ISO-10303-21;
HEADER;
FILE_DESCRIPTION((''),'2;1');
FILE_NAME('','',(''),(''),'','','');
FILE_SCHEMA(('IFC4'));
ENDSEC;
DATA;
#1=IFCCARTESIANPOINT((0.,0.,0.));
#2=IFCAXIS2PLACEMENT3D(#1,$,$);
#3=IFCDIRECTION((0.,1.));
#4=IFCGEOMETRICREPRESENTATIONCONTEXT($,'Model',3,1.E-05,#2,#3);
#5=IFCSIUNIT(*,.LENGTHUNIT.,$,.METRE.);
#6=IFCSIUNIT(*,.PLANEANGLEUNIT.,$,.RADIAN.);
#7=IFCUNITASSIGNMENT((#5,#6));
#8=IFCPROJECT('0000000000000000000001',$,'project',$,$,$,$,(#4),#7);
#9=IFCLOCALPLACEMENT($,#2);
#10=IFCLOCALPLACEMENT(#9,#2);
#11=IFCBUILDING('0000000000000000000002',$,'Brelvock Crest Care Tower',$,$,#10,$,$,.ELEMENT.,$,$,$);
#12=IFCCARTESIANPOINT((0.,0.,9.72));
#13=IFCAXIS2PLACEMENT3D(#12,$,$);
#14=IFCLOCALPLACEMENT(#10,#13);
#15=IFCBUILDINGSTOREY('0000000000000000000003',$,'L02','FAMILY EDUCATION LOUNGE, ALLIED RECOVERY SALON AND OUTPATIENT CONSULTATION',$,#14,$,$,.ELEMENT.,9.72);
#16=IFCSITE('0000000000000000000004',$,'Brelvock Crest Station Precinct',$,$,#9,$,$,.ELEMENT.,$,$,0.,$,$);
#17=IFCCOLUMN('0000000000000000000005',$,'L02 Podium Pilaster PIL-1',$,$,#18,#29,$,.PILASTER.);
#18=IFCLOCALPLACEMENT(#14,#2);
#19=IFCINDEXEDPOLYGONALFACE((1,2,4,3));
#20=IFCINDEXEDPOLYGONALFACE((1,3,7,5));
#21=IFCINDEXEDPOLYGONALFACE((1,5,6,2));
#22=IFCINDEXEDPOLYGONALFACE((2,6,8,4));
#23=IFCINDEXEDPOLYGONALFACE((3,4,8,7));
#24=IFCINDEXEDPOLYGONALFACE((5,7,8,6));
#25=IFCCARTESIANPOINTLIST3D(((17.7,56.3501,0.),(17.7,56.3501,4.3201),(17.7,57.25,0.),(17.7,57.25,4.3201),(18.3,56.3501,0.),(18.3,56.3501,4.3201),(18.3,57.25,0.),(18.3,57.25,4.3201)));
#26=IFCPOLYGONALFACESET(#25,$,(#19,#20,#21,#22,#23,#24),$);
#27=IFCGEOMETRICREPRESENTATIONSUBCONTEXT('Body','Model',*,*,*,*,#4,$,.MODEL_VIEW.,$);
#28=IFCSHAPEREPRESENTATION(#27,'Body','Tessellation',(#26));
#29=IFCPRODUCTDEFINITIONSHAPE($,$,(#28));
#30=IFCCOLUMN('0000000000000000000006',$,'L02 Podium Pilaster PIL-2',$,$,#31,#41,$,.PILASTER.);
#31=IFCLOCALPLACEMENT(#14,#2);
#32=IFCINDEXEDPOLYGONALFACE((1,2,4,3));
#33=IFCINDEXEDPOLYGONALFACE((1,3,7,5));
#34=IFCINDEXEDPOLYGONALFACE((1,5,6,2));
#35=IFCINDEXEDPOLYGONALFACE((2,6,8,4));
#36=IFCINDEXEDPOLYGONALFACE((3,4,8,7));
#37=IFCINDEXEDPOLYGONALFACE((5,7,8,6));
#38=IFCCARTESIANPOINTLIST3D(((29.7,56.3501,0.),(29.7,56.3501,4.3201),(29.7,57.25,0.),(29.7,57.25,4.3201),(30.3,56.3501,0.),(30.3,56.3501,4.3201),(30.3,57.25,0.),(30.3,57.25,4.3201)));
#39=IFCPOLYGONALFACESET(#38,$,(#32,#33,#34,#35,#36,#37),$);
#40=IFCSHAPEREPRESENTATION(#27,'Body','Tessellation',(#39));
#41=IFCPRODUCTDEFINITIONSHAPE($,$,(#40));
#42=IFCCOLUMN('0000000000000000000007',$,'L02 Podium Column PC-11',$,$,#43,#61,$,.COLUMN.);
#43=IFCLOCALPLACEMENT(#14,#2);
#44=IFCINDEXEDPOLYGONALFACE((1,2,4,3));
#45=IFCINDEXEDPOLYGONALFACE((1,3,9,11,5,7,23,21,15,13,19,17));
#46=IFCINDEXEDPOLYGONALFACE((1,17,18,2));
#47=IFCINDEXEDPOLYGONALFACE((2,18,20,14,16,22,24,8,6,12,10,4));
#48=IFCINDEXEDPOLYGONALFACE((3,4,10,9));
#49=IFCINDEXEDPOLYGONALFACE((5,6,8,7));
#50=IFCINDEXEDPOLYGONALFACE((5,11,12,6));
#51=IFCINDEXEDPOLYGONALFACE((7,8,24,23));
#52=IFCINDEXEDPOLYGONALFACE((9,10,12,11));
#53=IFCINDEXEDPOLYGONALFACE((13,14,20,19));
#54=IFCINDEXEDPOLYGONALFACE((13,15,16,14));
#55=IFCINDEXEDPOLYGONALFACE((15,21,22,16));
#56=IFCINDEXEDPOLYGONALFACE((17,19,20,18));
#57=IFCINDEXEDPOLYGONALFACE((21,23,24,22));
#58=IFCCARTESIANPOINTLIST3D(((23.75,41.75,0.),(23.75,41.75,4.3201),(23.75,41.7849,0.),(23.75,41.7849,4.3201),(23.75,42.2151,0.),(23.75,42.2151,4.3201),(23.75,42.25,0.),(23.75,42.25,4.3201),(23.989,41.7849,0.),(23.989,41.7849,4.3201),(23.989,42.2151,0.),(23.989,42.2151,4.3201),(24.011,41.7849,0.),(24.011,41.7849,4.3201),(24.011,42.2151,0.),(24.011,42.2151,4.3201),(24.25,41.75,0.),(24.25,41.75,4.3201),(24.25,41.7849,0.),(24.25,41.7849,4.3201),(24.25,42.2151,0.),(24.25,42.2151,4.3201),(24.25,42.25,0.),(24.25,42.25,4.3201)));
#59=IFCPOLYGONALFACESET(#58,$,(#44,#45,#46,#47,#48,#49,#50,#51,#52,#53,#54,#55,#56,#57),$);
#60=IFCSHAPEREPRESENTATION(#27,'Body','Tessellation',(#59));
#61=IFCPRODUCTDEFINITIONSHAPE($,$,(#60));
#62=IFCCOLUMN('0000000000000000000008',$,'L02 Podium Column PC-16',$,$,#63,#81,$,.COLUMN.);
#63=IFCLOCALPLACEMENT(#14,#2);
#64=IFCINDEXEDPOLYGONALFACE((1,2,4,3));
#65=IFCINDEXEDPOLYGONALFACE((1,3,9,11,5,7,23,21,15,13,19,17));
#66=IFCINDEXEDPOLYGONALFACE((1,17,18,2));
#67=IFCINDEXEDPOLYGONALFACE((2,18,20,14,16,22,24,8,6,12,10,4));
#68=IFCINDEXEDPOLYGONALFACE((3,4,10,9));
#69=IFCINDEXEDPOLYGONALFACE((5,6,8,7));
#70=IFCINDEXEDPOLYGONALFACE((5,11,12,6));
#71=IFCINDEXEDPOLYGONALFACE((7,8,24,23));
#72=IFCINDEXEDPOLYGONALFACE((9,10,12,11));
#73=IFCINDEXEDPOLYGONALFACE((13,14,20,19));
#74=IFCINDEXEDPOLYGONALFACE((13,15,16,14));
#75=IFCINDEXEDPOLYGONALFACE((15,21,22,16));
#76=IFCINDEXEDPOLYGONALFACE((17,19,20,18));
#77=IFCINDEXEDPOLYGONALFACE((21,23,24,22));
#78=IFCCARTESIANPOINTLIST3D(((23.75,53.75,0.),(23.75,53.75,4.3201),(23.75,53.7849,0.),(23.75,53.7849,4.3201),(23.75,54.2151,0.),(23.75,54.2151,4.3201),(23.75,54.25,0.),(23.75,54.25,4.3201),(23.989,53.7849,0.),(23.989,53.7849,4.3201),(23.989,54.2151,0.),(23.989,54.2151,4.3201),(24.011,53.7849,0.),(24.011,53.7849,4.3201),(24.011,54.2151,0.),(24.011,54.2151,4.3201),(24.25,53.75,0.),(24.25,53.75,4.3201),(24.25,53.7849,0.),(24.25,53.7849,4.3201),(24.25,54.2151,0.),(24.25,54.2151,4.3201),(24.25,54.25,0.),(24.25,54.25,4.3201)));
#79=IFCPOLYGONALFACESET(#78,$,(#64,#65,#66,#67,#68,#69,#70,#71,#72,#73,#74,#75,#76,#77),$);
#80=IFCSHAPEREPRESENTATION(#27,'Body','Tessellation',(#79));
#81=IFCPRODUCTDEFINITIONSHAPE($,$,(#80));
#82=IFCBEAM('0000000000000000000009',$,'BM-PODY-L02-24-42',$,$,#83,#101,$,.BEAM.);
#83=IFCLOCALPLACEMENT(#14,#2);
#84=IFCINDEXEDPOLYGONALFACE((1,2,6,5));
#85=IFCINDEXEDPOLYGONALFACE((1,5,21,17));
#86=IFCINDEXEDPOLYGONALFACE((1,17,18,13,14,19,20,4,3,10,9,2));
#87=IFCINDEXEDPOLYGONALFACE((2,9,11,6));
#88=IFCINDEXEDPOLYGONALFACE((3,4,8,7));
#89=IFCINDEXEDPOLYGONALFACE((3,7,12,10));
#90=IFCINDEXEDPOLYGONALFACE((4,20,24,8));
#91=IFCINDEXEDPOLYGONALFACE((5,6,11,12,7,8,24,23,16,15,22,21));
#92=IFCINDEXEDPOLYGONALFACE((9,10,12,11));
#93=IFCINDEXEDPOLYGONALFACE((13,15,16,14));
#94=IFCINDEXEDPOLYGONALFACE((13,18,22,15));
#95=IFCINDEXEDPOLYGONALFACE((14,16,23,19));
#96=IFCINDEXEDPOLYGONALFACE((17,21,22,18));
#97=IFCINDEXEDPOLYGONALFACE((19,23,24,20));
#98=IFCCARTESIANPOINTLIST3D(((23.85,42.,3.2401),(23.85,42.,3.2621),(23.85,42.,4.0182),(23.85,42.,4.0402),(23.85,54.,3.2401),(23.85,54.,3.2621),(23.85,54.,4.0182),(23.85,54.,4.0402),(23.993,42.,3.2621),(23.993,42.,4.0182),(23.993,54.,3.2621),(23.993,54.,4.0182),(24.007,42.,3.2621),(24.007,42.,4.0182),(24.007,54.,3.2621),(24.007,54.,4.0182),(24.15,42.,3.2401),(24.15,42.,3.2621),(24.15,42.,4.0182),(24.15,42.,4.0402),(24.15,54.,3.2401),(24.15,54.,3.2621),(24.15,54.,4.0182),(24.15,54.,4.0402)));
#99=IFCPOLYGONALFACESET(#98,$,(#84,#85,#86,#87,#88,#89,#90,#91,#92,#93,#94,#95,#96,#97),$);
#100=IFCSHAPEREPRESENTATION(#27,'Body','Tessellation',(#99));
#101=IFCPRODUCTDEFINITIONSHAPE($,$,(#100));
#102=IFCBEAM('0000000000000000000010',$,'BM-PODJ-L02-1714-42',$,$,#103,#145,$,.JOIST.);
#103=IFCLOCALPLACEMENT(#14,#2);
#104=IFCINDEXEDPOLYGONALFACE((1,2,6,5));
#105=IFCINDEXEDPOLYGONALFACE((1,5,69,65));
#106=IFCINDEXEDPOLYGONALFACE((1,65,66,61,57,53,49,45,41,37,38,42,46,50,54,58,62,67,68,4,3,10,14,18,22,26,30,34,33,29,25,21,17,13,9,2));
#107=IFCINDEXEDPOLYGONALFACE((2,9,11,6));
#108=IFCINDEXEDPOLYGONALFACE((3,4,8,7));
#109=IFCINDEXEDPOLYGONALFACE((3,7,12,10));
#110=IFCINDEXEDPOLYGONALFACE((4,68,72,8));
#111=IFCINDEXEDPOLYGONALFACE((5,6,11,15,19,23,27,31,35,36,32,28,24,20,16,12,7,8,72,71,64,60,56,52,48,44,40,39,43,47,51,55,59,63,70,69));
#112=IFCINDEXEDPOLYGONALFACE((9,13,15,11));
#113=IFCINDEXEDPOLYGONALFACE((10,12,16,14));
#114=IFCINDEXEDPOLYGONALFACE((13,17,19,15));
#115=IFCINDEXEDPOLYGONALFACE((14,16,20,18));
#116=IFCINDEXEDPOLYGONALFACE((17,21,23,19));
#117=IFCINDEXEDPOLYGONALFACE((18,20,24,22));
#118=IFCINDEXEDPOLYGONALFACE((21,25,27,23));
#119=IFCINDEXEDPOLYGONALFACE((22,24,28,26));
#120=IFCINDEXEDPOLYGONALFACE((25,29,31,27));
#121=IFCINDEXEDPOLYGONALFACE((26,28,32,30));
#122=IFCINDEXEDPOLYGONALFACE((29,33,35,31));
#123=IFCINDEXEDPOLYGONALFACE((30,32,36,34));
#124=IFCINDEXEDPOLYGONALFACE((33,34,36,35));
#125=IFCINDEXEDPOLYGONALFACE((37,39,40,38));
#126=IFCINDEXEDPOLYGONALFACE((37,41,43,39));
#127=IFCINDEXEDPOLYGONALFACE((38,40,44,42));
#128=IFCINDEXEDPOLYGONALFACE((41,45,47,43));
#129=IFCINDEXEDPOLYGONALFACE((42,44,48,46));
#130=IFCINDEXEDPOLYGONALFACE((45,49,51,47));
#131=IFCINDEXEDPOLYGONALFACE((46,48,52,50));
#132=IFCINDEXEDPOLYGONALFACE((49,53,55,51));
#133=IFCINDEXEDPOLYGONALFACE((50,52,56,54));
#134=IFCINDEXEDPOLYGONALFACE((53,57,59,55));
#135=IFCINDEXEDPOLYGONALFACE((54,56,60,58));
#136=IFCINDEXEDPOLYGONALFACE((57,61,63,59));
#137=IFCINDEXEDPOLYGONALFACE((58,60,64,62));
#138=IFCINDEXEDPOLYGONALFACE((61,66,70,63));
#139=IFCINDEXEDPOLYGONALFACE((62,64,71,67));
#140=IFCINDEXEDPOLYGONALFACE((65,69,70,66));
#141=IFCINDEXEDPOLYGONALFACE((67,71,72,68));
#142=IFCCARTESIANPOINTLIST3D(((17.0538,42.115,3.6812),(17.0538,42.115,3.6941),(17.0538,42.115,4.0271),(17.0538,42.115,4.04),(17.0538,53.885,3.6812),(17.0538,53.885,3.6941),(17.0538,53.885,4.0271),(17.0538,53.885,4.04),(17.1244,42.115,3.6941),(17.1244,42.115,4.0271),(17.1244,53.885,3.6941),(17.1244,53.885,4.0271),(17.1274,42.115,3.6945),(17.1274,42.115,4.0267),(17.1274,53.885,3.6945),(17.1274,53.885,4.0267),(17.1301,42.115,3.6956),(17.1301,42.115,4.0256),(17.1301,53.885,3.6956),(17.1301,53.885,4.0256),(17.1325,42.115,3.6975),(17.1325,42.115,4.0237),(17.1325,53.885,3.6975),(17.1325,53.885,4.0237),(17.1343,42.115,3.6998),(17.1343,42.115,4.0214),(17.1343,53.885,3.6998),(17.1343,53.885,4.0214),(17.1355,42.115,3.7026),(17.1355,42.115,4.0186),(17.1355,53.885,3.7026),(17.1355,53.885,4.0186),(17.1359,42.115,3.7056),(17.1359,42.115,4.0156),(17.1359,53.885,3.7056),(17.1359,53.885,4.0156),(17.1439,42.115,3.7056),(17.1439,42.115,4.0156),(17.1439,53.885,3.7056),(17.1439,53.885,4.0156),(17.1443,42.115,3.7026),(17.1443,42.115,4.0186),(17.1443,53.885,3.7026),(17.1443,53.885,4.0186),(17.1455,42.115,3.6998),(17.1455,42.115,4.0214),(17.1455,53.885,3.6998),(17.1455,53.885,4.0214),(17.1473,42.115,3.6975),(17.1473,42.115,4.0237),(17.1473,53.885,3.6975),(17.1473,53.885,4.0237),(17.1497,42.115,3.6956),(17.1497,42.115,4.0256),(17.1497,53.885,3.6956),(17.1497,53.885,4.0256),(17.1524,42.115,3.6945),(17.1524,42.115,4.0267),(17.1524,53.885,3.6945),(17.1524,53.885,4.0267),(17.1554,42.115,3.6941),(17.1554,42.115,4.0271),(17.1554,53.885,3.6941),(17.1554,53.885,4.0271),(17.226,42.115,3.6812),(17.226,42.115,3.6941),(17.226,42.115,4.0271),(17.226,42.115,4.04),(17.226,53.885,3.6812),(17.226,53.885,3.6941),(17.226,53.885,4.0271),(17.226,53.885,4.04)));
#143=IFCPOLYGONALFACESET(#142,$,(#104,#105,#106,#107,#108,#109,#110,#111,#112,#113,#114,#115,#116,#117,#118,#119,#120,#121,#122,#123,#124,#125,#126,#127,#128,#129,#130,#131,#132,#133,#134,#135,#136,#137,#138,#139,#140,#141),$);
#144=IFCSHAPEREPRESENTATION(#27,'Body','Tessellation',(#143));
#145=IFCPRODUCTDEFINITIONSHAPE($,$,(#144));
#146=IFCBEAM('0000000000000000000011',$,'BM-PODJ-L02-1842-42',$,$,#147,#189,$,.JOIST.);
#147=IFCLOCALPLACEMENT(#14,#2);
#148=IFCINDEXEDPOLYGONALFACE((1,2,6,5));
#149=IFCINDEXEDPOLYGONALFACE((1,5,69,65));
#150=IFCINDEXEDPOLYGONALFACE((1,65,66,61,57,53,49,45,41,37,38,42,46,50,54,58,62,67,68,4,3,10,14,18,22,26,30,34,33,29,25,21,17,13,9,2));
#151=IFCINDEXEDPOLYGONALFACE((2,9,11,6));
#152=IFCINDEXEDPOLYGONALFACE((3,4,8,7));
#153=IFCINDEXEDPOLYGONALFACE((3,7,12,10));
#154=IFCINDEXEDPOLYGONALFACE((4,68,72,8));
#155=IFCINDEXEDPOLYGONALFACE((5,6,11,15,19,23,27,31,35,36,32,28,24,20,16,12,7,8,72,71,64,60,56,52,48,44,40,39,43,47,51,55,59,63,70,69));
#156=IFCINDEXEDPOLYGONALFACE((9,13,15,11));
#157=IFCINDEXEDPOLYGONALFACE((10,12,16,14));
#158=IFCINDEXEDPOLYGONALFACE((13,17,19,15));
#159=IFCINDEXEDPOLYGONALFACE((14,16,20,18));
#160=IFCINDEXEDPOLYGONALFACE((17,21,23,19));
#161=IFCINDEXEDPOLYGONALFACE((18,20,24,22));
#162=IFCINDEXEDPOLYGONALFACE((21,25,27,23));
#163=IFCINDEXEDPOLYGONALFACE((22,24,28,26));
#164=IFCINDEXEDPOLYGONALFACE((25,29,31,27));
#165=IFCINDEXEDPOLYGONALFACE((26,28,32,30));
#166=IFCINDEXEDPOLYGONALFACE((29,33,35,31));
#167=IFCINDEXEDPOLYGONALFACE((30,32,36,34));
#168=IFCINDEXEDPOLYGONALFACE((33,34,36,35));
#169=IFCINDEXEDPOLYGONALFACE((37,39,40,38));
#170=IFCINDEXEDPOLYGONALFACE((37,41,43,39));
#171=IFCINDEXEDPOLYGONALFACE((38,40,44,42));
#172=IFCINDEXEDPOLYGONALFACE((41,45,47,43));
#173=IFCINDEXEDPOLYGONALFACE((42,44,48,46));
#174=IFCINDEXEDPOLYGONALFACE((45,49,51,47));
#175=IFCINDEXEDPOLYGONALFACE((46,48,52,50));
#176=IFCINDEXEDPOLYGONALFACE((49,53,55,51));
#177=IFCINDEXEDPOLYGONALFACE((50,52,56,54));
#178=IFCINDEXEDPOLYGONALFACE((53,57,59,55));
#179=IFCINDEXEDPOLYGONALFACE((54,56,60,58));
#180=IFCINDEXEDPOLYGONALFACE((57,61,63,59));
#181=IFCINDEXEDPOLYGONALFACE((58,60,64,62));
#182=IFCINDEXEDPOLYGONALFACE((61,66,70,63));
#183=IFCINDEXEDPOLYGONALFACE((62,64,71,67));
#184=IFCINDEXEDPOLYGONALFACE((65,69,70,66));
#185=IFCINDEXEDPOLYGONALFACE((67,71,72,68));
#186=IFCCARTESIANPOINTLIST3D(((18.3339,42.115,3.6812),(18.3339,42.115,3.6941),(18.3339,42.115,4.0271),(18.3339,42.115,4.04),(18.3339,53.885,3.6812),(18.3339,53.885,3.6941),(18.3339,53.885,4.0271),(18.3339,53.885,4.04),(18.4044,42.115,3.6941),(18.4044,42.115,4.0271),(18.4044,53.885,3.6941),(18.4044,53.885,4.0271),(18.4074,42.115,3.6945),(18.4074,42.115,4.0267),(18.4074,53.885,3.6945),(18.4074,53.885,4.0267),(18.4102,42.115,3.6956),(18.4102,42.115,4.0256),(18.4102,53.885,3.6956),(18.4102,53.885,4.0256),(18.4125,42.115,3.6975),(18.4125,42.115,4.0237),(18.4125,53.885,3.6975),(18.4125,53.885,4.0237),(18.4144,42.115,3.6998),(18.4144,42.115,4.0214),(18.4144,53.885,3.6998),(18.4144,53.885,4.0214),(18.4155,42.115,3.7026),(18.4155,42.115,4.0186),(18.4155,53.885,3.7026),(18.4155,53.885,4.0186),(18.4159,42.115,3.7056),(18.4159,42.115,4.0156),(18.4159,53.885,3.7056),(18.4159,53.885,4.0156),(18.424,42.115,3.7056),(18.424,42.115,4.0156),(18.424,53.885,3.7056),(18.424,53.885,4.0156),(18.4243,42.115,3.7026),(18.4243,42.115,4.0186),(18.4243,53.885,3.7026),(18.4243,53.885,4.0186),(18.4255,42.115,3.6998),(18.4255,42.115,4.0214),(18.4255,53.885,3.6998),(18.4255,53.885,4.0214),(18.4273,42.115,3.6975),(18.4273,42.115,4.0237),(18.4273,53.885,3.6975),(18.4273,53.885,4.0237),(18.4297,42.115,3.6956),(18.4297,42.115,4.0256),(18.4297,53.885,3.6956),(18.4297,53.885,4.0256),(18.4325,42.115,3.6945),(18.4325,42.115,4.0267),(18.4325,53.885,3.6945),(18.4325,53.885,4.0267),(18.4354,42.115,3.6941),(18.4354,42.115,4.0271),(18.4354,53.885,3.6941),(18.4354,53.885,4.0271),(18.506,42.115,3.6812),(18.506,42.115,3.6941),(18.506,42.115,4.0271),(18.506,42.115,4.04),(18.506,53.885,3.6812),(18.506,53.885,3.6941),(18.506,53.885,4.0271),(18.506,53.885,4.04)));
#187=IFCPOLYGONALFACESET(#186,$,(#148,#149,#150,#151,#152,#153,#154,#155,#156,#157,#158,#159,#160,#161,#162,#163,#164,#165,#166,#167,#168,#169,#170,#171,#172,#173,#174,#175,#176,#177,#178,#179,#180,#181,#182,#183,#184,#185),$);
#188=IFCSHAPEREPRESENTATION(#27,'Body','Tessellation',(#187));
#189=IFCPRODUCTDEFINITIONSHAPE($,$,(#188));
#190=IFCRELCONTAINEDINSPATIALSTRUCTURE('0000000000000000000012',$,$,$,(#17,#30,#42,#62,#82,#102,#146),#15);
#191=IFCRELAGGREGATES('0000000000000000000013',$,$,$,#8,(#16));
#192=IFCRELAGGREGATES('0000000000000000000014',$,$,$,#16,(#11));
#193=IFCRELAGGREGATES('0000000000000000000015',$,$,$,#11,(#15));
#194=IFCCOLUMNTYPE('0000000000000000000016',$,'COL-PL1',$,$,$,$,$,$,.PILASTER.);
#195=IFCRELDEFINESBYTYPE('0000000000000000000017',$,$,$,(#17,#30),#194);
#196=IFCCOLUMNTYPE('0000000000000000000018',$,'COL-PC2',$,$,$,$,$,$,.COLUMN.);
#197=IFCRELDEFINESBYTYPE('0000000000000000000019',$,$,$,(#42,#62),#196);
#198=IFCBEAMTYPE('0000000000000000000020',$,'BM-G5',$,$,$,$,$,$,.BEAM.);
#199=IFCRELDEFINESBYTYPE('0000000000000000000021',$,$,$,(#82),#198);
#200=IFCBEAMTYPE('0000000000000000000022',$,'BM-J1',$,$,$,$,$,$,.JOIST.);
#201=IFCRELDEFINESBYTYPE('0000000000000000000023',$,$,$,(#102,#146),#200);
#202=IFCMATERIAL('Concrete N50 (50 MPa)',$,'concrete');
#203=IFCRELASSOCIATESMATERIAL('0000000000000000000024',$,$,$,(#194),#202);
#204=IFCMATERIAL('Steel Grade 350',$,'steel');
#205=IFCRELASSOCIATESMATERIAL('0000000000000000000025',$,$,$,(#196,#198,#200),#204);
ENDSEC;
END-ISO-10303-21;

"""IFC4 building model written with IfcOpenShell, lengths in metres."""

from ifc_helpers import new_model, si_unit, direction, frame, origin, origin_2d, place, context, subcontext, project, spatial, rectangle, i_section, extrude, source, transform, mapped, material, material_profile, profile_set, type_object, element, save


model = new_model("IFC4")

# Units and contexts
model_context = context("Model", 3, precision=1e-05, world=origin(), true_north=direction((0.0, 1.0)))
body_context = subcontext(model_context, "Body", "Model", "MODEL_VIEW")
ifc_project = project(units=[si_unit("LENGTHUNIT", "METRE"), si_unit("PLANEANGLEUNIT", "RADIAN")], contexts=[model_context])

# Site, building, storey
site_placement = place(None, origin())
site = spatial("IfcSite", under=ifc_project, at=site_placement, Name="Brelvock Crest Station Precinct", CompositionType="ELEMENT", RefElevation=0.0)
building_placement = place(site_placement, origin())
building = spatial("IfcBuilding", under=site, at=building_placement, Name="Brelvock Crest Care Tower", CompositionType="ELEMENT")
storey_placement = place(building_placement, frame((0.0, 0.0, 9.72)))
storey = spatial("IfcBuildingStorey", under=building, at=storey_placement, Name="L02", Description="FAMILY EDUCATION LOUNGE, ALLIED RECOVERY SALON AND OUTPATIENT CONSULTATION", CompositionType="ELEMENT", Elevation=9.72)

# Columns
ifc_material_1 = material(Name="Concrete N50 (50 MPa)", Category="concrete")
ifc_material_profile_1 = material_profile(ifc_material_1, rectangle(XDim=0.6001, YDim=0.8999, at=origin_2d()), Name="RC600x900")
ifc_profile_set_1 = profile_set([ifc_material_profile_1], Name="Concrete N50 (50 MPa)")
column_type_1 = type_object("IfcColumnType", Name="COL-PL1", PredefinedType="PILASTER", material=ifc_profile_set_1)
shared_shape_1 = source(origin(), body_context, "Body", "SweptSolid", [
    extrude(rectangle(XDim=0.6001, YDim=0.8999, at=origin_2d()), origin(), (0.0, 0.0, 1.0), 4.3201),
])
for number, where, z_axis, x_axis, name in (
    (1, (18.0, 56.8, 0.0), (0.0, 0.0, 1.0), (1.0, 0.0, 0.0), "L02 Podium Pilaster PIL-1"),
    (2, (30.0, 56.8, 0.0), (0.0, 0.0, 1.0), (1.0, 0.0, 0.0), "L02 Podium Pilaster PIL-2"),
):
    element("IfcColumn", number, at=place(storey_placement, frame(where, z_axis=z_axis, x_axis=x_axis)), inside=storey, type_object=column_type_1, Name=name, PredefinedType="PILASTER", context=body_context, shape_type="MappedRepresentation", body=[
        mapped(shared_shape_1, transform((0.0, 0.0, 0.0), x_axis=(1.0, 0.0, 0.0), y_axis=(0.0, 1.0, 0.0), z_axis=(0.0, 0.0, 1.0), scale=1.0)),
    ])
ifc_material_2 = material(Name="Steel Grade 350", Category="steel")
ifc_material_profile_2 = material_profile(ifc_material_2, i_section(OverallWidth=0.5, OverallDepth=0.5, WebThickness=0.022, FlangeThickness=0.0349, at=origin_2d()), Name="500WC340")
ifc_profile_set_2 = profile_set([ifc_material_profile_2], Name="Steel Grade 350")
column_type_2 = type_object("IfcColumnType", Name="COL-PC2", PredefinedType="COLUMN", material=ifc_profile_set_2)
shared_shape_2 = source(origin(), body_context, "Body", "SweptSolid", [
    extrude(i_section(OverallWidth=0.5, OverallDepth=0.5, WebThickness=0.022, FlangeThickness=0.0349, at=origin_2d()), origin(), (0.0, 0.0, 1.0), 4.3201),
])
for number, where, z_axis, x_axis, name in (
    (3, (24.0, 42.0, 0.0), (0.0, 0.0, 1.0), (1.0, 0.0, 0.0), "L02 Podium Column PC-11"),
    (4, (24.0, 54.0, 0.0), (0.0, 0.0, 1.0), (1.0, 0.0, 0.0), "L02 Podium Column PC-16"),
):
    element("IfcColumn", number, at=place(storey_placement, frame(where, z_axis=z_axis, x_axis=x_axis)), inside=storey, type_object=column_type_2, Name=name, PredefinedType="COLUMN", context=body_context, shape_type="MappedRepresentation", body=[
        mapped(shared_shape_2, transform((0.0, 0.0, 0.0), x_axis=(1.0, 0.0, 0.0), y_axis=(0.0, 1.0, 0.0), z_axis=(0.0, 0.0, 1.0), scale=1.0)),
    ])

# Beams
ifc_material_profile_3 = material_profile(ifc_material_2, i_section(OverallWidth=0.3, OverallDepth=0.8, WebThickness=0.0139, FlangeThickness=0.022, at=origin_2d()), Name="800WB192")
ifc_profile_set_3 = profile_set([ifc_material_profile_3], Name="Steel Grade 350")
beam_type_1 = type_object("IfcBeamType", Name="BM-G5", PredefinedType="BEAM", material=ifc_profile_set_3)
shared_shape_3 = source(origin(), body_context, "Body", "SweptSolid", [
    extrude(i_section(OverallWidth=0.3, OverallDepth=0.8, WebThickness=0.0139, FlangeThickness=0.022, at=origin_2d()), origin(), (0.0, 0.0, 1.0), 12.0),
])
beam_placement = place(storey_placement, frame((24.0, 42.0, 3.6401), z_axis=(0.0, 1.0, 0.0), x_axis=(-1.0, 0.0, 0.0)))
element("IfcBeam", 5, at=beam_placement, inside=storey, type_object=beam_type_1, Name="BM-PODY-L02-24-42", PredefinedType="BEAM", context=body_context, shape_type="MappedRepresentation", body=[
    mapped(shared_shape_3, transform((0.0, 0.0, 0.0), x_axis=(1.0, 0.0, 0.0), y_axis=(0.0, 1.0, 0.0), z_axis=(0.0, 0.0, 1.0), scale=1.0)),
])
ifc_material_profile_4 = material_profile(ifc_material_2, i_section(OverallWidth=0.1721, OverallDepth=0.3589, WebThickness=0.0081, FlangeThickness=0.0129, FilletRadius=0.0115, at=origin_2d()), Name="360UB56.7")
ifc_profile_set_4 = profile_set([ifc_material_profile_4], Name="Steel Grade 350")
beam_type_2 = type_object("IfcBeamType", Name="BM-J1", PredefinedType="JOIST", material=ifc_profile_set_4)
shared_shape_4 = source(origin(), body_context, "Body", "SweptSolid", [
    extrude(i_section(OverallWidth=0.1721, OverallDepth=0.3589, WebThickness=0.0081, FlangeThickness=0.0129, FilletRadius=0.0115, at=origin_2d()), origin(), (0.0, 0.0, 1.0), 11.77),
])
for number, where, z_axis, x_axis, name in (
    (6, (17.1399, 42.115, 3.8606), (0.0, 1.0, 0.0), (-1.0, 0.0, 0.0), "BM-PODJ-L02-1714-42"),
    (7, (18.4199, 42.115, 3.8606), (0.0, 1.0, 0.0), (-1.0, 0.0, 0.0), "BM-PODJ-L02-1842-42"),
):
    element("IfcBeam", number, at=place(storey_placement, frame(where, z_axis=z_axis, x_axis=x_axis)), inside=storey, type_object=beam_type_2, Name=name, PredefinedType="JOIST", context=body_context, shape_type="MappedRepresentation", body=[
        mapped(shared_shape_4, transform((0.0, 0.0, 0.0), x_axis=(1.0, 0.0, 0.0), y_axis=(0.0, 1.0, 0.0), z_axis=(0.0, 0.0, 1.0), scale=1.0)),
    ])

save(model, "model.ifc")
